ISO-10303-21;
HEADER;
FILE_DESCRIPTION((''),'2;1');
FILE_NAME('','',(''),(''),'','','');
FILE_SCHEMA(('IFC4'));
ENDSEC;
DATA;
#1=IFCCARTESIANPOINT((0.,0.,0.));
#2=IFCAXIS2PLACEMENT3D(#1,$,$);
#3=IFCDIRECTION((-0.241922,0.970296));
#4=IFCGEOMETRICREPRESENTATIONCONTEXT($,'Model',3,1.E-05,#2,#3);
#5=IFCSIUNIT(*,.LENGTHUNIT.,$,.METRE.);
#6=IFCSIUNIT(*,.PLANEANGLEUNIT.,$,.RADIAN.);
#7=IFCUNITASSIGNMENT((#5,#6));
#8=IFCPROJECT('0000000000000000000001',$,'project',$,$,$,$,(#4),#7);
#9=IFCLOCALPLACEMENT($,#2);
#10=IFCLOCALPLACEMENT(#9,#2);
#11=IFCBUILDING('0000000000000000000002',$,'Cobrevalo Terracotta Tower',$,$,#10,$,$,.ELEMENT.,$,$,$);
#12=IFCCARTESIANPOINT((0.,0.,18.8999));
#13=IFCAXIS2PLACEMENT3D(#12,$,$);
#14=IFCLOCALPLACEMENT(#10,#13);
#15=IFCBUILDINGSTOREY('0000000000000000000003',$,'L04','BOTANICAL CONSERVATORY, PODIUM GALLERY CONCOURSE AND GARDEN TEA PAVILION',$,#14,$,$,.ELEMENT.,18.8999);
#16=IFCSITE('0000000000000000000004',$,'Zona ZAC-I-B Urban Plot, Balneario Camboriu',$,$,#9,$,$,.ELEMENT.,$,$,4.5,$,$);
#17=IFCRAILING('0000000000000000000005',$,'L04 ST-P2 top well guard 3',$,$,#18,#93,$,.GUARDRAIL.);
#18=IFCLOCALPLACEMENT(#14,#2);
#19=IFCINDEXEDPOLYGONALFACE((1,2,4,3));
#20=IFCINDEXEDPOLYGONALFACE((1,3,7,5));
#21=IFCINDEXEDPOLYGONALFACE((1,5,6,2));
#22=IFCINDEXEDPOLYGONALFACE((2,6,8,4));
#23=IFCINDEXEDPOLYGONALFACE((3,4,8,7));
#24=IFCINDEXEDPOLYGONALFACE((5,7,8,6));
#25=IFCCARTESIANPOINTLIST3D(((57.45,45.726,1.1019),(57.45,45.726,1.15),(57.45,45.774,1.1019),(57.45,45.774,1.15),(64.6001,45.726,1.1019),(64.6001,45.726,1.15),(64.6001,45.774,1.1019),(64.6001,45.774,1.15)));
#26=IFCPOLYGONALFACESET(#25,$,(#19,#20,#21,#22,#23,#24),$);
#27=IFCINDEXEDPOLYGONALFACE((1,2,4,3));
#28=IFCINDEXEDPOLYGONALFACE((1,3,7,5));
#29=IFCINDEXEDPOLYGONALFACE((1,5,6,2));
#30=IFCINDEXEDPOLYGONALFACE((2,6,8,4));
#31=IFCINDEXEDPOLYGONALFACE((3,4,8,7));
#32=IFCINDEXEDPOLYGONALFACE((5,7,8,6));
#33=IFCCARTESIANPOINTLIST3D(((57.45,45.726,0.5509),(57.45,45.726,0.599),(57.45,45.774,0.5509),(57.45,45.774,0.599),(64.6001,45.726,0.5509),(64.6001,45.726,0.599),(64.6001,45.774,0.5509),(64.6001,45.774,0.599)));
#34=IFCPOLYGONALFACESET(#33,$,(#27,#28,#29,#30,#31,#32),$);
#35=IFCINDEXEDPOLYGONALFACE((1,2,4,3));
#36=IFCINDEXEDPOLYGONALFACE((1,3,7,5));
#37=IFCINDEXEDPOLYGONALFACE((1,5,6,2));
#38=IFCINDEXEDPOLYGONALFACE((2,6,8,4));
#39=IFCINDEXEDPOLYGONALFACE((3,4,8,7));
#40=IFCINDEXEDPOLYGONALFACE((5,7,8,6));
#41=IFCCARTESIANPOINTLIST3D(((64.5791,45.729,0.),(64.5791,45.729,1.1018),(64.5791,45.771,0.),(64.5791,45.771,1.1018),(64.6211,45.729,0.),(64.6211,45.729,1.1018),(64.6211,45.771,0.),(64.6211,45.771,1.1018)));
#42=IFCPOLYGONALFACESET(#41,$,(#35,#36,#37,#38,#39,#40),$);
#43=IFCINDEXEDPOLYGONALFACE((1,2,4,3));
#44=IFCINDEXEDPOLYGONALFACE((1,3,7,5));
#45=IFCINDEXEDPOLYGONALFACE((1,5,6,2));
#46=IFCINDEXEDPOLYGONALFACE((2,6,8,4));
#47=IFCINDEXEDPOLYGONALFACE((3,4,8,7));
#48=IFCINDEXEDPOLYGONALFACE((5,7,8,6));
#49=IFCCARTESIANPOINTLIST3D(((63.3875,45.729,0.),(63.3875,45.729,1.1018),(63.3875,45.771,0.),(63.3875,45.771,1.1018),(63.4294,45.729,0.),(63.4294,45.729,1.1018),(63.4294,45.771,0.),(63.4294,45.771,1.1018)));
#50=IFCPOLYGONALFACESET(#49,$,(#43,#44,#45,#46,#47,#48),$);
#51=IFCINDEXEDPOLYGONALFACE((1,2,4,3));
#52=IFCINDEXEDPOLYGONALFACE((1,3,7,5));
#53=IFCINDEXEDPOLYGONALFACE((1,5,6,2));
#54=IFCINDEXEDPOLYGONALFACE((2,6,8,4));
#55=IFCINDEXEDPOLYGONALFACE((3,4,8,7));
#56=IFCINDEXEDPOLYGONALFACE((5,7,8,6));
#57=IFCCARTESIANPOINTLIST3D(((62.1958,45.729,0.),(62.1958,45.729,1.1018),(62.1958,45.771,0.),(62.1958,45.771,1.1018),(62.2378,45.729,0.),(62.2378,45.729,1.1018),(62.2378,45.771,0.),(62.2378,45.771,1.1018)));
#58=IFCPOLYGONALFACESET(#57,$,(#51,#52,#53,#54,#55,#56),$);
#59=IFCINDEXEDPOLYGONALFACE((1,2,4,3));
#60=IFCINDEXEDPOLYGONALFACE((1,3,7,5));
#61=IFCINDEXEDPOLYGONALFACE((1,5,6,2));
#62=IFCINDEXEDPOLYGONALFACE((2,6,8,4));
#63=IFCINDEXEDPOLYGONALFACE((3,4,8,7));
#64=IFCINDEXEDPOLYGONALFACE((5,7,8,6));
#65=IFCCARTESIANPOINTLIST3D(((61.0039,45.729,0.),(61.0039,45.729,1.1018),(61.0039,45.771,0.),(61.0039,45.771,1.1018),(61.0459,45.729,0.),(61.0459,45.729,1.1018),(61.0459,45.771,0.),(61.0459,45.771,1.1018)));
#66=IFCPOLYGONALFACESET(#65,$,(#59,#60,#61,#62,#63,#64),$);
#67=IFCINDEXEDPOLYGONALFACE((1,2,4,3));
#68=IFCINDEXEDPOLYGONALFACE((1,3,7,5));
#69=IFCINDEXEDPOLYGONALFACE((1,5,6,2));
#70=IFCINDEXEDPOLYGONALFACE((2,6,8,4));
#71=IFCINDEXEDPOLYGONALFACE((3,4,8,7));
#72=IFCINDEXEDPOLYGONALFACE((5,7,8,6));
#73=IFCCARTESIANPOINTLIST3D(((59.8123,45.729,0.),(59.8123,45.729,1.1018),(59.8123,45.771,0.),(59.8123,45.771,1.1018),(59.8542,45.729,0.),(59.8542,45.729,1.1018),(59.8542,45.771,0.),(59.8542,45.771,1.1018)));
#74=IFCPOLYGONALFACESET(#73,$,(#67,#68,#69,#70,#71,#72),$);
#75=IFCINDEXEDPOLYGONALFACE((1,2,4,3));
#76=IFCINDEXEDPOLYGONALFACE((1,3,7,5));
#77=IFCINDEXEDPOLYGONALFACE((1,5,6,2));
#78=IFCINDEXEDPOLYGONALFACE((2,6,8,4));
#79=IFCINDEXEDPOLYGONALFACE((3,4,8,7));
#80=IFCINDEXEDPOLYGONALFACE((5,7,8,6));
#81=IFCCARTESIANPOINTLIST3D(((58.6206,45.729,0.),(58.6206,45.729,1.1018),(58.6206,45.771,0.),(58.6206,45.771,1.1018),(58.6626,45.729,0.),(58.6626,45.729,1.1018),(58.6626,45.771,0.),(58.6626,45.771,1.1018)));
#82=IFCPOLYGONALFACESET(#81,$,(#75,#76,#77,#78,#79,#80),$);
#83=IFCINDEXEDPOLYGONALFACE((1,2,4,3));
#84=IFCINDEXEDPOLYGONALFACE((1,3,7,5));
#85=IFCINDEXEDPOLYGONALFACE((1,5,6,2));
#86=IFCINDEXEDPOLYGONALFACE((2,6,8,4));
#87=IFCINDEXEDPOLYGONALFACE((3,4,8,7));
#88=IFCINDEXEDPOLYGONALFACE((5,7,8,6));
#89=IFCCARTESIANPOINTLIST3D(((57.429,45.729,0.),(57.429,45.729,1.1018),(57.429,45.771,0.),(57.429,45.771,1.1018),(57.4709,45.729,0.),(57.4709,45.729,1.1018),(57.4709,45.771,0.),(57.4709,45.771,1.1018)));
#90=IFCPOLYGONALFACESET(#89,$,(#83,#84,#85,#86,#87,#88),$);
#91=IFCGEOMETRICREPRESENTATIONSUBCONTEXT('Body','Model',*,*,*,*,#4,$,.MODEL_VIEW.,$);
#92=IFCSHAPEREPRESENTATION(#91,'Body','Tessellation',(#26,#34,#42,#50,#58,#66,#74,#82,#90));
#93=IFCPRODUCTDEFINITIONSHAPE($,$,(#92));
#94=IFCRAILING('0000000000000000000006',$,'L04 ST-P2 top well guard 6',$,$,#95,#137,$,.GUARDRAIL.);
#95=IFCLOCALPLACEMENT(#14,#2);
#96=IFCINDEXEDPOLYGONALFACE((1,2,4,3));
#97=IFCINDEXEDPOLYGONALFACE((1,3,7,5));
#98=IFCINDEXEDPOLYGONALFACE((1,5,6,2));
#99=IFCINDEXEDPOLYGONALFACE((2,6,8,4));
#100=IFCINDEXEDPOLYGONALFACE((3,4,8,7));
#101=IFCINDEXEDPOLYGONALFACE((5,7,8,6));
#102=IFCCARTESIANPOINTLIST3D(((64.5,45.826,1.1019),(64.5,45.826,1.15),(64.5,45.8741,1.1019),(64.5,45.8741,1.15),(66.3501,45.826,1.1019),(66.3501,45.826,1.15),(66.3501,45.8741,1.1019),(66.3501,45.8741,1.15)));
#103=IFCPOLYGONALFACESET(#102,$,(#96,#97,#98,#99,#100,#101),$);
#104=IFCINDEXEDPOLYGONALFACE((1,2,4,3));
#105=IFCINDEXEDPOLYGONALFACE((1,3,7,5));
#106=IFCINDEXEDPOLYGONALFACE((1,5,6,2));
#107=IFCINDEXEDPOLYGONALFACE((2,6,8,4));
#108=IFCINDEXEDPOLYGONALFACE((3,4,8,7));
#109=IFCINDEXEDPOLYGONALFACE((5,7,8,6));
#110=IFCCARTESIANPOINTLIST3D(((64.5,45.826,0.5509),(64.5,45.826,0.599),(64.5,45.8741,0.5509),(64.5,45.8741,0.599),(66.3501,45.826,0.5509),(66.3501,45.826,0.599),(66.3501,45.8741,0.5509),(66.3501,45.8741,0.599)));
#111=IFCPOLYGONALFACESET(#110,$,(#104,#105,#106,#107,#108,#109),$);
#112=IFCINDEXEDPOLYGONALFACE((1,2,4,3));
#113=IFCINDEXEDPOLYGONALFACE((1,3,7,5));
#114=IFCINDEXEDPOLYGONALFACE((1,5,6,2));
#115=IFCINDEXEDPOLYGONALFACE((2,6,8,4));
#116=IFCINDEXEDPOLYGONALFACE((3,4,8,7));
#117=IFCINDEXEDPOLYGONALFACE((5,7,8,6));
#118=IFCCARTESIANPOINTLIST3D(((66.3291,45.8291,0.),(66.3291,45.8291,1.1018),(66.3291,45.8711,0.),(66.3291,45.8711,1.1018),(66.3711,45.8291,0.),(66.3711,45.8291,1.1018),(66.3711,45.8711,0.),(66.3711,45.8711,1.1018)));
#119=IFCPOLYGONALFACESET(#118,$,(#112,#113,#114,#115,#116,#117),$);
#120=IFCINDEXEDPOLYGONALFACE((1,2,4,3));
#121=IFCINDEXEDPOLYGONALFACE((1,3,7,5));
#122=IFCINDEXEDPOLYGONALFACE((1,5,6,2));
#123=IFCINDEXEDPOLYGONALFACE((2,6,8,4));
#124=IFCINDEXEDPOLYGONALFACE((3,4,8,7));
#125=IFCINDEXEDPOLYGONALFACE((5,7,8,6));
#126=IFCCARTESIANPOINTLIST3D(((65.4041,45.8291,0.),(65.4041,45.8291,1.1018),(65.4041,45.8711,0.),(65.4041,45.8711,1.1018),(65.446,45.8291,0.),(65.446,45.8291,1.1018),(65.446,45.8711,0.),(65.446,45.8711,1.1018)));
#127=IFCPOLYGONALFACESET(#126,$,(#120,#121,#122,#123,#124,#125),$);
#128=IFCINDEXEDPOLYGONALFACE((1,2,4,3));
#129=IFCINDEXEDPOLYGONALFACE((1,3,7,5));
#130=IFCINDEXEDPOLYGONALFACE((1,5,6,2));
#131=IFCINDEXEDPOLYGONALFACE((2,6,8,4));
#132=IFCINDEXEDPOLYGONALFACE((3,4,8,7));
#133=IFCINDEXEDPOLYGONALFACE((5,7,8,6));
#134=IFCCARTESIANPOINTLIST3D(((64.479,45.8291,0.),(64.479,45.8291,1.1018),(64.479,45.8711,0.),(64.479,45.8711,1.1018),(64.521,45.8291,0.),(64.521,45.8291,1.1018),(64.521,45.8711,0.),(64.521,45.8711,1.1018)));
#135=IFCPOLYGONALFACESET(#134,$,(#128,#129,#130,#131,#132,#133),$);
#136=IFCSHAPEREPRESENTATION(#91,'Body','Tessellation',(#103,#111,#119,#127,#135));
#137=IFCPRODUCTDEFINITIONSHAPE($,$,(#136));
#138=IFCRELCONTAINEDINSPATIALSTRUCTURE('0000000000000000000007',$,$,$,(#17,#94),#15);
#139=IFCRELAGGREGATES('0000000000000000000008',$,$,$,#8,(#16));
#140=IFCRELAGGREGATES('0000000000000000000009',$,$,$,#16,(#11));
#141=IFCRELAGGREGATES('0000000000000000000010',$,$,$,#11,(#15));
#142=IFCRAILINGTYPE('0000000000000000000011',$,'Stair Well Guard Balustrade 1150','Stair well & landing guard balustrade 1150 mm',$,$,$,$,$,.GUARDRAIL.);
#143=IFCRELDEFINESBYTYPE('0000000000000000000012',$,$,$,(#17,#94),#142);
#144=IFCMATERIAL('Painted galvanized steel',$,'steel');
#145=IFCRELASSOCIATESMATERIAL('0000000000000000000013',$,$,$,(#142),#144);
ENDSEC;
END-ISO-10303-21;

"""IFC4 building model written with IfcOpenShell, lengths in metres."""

from ifc_helpers import new_model, si_unit, direction, frame, origin, origin_2d, place, context, subcontext, project, spatial, rectangle, extrude, material, type_object, element, save


model = new_model("IFC4")

# Units and contexts
model_context = context("Model", 3, precision=1e-05, world=origin(), true_north=direction((-0.241922, 0.970296)))
body_context = subcontext(model_context, "Body", "Model", "MODEL_VIEW")
ifc_project = project(units=[si_unit("LENGTHUNIT", "METRE"), si_unit("PLANEANGLEUNIT", "RADIAN")], contexts=[model_context])

# Site, building, storey
site_placement = place(None, origin())
site = spatial("IfcSite", under=ifc_project, at=site_placement, Name="Zona ZAC-I-B Urban Plot, Balneario Camboriu", CompositionType="ELEMENT", RefElevation=4.5)
building_placement = place(site_placement, origin())
building = spatial("IfcBuilding", under=site, at=building_placement, Name="Cobrevalo Terracotta Tower", CompositionType="ELEMENT")
storey_placement = place(building_placement, frame((0.0, 0.0, 18.8999)))
storey = spatial("IfcBuildingStorey", under=building, at=storey_placement, Name="L04", Description="BOTANICAL CONSERVATORY, PODIUM GALLERY CONCOURSE AND GARDEN TEA PAVILION", CompositionType="ELEMENT", Elevation=18.8999)

# Railings
ifc_material_1 = material(Name="Painted galvanized steel", Category="steel")
railing_type = type_object("IfcRailingType", Name="Stair Well Guard Balustrade 1150", Description="Stair well & landing guard balustrade 1150 mm", PredefinedType="GUARDRAIL", material=ifc_material_1)
railing_1_placement = place(storey_placement, frame((64.6001, 45.75, 0.0)))
element("IfcRailing", 1, at=railing_1_placement, inside=storey, type_object=railing_type, Name="L04 ST-P2 top well guard 3", PredefinedType="GUARDRAIL", context=body_context, shape_type="SweptSolid", body=[
    extrude(rectangle(XDim=0.0481, YDim=0.0481, at=origin_2d()), frame((0.0, 0.0, 1.126), z_axis=(-1.0, 0.0, 0.0), x_axis=(0.0, -1.0, 0.0)), (0.0, 0.0, 1.0), 7.1501),
    extrude(rectangle(XDim=0.0481, YDim=0.0481, at=origin_2d()), frame((0.0, 0.0, 0.575), z_axis=(-1.0, 0.0, 0.0), x_axis=(0.0, -1.0, 0.0)), (0.0, 0.0, 1.0), 7.1501),
    extrude(rectangle(XDim=0.042, YDim=0.042, at=origin_2d()), origin(), (0.0, 0.0, 1.0), 1.1018),
    extrude(rectangle(XDim=0.042, YDim=0.042, at=origin_2d()), frame((-1.1917, 0.0, 0.0)), (0.0, 0.0, 1.0), 1.1018),
    extrude(rectangle(XDim=0.042, YDim=0.042, at=origin_2d()), frame((-2.3833, 0.0, 0.0)), (0.0, 0.0, 1.0), 1.1018),
    extrude(rectangle(XDim=0.042, YDim=0.042, at=origin_2d()), frame((-3.5752, 0.0, 0.0)), (0.0, 0.0, 1.0), 1.1018),
    extrude(rectangle(XDim=0.042, YDim=0.042, at=origin_2d()), frame((-4.7668, 0.0, 0.0)), (0.0, 0.0, 1.0), 1.1018),
    extrude(rectangle(XDim=0.042, YDim=0.042, at=origin_2d()), frame((-5.9585, 0.0, 0.0)), (0.0, 0.0, 1.0), 1.1018),
    extrude(rectangle(XDim=0.042, YDim=0.042, at=origin_2d()), frame((-7.1501, 0.0, 0.0)), (0.0, 0.0, 1.0), 1.1018),
])
railing_2_placement = place(storey_placement, frame((66.3501, 45.8501, 0.0)))
element("IfcRailing", 2, at=railing_2_placement, inside=storey, type_object=railing_type, Name="L04 ST-P2 top well guard 6", PredefinedType="GUARDRAIL", context=body_context, shape_type="SweptSolid", body=[
    extrude(rectangle(XDim=0.0481, YDim=0.0481, at=origin_2d()), frame((0.0, 0.0, 1.126), z_axis=(-1.0, 0.0, 0.0), x_axis=(0.0, -1.0, 0.0)), (0.0, 0.0, 1.0), 1.8501),
    extrude(rectangle(XDim=0.0481, YDim=0.0481, at=origin_2d()), frame((0.0, 0.0, 0.575), z_axis=(-1.0, 0.0, 0.0), x_axis=(0.0, -1.0, 0.0)), (0.0, 0.0, 1.0), 1.8501),
    extrude(rectangle(XDim=0.042, YDim=0.042, at=origin_2d()), origin(), (0.0, 0.0, 1.0), 1.1018),
    extrude(rectangle(XDim=0.042, YDim=0.042, at=origin_2d()), frame((-0.925, 0.0, 0.0)), (0.0, 0.0, 1.0), 1.1018),
    extrude(rectangle(XDim=0.042, YDim=0.042, at=origin_2d()), frame((-1.8501, 0.0, 0.0)), (0.0, 0.0, 1.0), 1.1018),
])

save(model, "model.ifc")
